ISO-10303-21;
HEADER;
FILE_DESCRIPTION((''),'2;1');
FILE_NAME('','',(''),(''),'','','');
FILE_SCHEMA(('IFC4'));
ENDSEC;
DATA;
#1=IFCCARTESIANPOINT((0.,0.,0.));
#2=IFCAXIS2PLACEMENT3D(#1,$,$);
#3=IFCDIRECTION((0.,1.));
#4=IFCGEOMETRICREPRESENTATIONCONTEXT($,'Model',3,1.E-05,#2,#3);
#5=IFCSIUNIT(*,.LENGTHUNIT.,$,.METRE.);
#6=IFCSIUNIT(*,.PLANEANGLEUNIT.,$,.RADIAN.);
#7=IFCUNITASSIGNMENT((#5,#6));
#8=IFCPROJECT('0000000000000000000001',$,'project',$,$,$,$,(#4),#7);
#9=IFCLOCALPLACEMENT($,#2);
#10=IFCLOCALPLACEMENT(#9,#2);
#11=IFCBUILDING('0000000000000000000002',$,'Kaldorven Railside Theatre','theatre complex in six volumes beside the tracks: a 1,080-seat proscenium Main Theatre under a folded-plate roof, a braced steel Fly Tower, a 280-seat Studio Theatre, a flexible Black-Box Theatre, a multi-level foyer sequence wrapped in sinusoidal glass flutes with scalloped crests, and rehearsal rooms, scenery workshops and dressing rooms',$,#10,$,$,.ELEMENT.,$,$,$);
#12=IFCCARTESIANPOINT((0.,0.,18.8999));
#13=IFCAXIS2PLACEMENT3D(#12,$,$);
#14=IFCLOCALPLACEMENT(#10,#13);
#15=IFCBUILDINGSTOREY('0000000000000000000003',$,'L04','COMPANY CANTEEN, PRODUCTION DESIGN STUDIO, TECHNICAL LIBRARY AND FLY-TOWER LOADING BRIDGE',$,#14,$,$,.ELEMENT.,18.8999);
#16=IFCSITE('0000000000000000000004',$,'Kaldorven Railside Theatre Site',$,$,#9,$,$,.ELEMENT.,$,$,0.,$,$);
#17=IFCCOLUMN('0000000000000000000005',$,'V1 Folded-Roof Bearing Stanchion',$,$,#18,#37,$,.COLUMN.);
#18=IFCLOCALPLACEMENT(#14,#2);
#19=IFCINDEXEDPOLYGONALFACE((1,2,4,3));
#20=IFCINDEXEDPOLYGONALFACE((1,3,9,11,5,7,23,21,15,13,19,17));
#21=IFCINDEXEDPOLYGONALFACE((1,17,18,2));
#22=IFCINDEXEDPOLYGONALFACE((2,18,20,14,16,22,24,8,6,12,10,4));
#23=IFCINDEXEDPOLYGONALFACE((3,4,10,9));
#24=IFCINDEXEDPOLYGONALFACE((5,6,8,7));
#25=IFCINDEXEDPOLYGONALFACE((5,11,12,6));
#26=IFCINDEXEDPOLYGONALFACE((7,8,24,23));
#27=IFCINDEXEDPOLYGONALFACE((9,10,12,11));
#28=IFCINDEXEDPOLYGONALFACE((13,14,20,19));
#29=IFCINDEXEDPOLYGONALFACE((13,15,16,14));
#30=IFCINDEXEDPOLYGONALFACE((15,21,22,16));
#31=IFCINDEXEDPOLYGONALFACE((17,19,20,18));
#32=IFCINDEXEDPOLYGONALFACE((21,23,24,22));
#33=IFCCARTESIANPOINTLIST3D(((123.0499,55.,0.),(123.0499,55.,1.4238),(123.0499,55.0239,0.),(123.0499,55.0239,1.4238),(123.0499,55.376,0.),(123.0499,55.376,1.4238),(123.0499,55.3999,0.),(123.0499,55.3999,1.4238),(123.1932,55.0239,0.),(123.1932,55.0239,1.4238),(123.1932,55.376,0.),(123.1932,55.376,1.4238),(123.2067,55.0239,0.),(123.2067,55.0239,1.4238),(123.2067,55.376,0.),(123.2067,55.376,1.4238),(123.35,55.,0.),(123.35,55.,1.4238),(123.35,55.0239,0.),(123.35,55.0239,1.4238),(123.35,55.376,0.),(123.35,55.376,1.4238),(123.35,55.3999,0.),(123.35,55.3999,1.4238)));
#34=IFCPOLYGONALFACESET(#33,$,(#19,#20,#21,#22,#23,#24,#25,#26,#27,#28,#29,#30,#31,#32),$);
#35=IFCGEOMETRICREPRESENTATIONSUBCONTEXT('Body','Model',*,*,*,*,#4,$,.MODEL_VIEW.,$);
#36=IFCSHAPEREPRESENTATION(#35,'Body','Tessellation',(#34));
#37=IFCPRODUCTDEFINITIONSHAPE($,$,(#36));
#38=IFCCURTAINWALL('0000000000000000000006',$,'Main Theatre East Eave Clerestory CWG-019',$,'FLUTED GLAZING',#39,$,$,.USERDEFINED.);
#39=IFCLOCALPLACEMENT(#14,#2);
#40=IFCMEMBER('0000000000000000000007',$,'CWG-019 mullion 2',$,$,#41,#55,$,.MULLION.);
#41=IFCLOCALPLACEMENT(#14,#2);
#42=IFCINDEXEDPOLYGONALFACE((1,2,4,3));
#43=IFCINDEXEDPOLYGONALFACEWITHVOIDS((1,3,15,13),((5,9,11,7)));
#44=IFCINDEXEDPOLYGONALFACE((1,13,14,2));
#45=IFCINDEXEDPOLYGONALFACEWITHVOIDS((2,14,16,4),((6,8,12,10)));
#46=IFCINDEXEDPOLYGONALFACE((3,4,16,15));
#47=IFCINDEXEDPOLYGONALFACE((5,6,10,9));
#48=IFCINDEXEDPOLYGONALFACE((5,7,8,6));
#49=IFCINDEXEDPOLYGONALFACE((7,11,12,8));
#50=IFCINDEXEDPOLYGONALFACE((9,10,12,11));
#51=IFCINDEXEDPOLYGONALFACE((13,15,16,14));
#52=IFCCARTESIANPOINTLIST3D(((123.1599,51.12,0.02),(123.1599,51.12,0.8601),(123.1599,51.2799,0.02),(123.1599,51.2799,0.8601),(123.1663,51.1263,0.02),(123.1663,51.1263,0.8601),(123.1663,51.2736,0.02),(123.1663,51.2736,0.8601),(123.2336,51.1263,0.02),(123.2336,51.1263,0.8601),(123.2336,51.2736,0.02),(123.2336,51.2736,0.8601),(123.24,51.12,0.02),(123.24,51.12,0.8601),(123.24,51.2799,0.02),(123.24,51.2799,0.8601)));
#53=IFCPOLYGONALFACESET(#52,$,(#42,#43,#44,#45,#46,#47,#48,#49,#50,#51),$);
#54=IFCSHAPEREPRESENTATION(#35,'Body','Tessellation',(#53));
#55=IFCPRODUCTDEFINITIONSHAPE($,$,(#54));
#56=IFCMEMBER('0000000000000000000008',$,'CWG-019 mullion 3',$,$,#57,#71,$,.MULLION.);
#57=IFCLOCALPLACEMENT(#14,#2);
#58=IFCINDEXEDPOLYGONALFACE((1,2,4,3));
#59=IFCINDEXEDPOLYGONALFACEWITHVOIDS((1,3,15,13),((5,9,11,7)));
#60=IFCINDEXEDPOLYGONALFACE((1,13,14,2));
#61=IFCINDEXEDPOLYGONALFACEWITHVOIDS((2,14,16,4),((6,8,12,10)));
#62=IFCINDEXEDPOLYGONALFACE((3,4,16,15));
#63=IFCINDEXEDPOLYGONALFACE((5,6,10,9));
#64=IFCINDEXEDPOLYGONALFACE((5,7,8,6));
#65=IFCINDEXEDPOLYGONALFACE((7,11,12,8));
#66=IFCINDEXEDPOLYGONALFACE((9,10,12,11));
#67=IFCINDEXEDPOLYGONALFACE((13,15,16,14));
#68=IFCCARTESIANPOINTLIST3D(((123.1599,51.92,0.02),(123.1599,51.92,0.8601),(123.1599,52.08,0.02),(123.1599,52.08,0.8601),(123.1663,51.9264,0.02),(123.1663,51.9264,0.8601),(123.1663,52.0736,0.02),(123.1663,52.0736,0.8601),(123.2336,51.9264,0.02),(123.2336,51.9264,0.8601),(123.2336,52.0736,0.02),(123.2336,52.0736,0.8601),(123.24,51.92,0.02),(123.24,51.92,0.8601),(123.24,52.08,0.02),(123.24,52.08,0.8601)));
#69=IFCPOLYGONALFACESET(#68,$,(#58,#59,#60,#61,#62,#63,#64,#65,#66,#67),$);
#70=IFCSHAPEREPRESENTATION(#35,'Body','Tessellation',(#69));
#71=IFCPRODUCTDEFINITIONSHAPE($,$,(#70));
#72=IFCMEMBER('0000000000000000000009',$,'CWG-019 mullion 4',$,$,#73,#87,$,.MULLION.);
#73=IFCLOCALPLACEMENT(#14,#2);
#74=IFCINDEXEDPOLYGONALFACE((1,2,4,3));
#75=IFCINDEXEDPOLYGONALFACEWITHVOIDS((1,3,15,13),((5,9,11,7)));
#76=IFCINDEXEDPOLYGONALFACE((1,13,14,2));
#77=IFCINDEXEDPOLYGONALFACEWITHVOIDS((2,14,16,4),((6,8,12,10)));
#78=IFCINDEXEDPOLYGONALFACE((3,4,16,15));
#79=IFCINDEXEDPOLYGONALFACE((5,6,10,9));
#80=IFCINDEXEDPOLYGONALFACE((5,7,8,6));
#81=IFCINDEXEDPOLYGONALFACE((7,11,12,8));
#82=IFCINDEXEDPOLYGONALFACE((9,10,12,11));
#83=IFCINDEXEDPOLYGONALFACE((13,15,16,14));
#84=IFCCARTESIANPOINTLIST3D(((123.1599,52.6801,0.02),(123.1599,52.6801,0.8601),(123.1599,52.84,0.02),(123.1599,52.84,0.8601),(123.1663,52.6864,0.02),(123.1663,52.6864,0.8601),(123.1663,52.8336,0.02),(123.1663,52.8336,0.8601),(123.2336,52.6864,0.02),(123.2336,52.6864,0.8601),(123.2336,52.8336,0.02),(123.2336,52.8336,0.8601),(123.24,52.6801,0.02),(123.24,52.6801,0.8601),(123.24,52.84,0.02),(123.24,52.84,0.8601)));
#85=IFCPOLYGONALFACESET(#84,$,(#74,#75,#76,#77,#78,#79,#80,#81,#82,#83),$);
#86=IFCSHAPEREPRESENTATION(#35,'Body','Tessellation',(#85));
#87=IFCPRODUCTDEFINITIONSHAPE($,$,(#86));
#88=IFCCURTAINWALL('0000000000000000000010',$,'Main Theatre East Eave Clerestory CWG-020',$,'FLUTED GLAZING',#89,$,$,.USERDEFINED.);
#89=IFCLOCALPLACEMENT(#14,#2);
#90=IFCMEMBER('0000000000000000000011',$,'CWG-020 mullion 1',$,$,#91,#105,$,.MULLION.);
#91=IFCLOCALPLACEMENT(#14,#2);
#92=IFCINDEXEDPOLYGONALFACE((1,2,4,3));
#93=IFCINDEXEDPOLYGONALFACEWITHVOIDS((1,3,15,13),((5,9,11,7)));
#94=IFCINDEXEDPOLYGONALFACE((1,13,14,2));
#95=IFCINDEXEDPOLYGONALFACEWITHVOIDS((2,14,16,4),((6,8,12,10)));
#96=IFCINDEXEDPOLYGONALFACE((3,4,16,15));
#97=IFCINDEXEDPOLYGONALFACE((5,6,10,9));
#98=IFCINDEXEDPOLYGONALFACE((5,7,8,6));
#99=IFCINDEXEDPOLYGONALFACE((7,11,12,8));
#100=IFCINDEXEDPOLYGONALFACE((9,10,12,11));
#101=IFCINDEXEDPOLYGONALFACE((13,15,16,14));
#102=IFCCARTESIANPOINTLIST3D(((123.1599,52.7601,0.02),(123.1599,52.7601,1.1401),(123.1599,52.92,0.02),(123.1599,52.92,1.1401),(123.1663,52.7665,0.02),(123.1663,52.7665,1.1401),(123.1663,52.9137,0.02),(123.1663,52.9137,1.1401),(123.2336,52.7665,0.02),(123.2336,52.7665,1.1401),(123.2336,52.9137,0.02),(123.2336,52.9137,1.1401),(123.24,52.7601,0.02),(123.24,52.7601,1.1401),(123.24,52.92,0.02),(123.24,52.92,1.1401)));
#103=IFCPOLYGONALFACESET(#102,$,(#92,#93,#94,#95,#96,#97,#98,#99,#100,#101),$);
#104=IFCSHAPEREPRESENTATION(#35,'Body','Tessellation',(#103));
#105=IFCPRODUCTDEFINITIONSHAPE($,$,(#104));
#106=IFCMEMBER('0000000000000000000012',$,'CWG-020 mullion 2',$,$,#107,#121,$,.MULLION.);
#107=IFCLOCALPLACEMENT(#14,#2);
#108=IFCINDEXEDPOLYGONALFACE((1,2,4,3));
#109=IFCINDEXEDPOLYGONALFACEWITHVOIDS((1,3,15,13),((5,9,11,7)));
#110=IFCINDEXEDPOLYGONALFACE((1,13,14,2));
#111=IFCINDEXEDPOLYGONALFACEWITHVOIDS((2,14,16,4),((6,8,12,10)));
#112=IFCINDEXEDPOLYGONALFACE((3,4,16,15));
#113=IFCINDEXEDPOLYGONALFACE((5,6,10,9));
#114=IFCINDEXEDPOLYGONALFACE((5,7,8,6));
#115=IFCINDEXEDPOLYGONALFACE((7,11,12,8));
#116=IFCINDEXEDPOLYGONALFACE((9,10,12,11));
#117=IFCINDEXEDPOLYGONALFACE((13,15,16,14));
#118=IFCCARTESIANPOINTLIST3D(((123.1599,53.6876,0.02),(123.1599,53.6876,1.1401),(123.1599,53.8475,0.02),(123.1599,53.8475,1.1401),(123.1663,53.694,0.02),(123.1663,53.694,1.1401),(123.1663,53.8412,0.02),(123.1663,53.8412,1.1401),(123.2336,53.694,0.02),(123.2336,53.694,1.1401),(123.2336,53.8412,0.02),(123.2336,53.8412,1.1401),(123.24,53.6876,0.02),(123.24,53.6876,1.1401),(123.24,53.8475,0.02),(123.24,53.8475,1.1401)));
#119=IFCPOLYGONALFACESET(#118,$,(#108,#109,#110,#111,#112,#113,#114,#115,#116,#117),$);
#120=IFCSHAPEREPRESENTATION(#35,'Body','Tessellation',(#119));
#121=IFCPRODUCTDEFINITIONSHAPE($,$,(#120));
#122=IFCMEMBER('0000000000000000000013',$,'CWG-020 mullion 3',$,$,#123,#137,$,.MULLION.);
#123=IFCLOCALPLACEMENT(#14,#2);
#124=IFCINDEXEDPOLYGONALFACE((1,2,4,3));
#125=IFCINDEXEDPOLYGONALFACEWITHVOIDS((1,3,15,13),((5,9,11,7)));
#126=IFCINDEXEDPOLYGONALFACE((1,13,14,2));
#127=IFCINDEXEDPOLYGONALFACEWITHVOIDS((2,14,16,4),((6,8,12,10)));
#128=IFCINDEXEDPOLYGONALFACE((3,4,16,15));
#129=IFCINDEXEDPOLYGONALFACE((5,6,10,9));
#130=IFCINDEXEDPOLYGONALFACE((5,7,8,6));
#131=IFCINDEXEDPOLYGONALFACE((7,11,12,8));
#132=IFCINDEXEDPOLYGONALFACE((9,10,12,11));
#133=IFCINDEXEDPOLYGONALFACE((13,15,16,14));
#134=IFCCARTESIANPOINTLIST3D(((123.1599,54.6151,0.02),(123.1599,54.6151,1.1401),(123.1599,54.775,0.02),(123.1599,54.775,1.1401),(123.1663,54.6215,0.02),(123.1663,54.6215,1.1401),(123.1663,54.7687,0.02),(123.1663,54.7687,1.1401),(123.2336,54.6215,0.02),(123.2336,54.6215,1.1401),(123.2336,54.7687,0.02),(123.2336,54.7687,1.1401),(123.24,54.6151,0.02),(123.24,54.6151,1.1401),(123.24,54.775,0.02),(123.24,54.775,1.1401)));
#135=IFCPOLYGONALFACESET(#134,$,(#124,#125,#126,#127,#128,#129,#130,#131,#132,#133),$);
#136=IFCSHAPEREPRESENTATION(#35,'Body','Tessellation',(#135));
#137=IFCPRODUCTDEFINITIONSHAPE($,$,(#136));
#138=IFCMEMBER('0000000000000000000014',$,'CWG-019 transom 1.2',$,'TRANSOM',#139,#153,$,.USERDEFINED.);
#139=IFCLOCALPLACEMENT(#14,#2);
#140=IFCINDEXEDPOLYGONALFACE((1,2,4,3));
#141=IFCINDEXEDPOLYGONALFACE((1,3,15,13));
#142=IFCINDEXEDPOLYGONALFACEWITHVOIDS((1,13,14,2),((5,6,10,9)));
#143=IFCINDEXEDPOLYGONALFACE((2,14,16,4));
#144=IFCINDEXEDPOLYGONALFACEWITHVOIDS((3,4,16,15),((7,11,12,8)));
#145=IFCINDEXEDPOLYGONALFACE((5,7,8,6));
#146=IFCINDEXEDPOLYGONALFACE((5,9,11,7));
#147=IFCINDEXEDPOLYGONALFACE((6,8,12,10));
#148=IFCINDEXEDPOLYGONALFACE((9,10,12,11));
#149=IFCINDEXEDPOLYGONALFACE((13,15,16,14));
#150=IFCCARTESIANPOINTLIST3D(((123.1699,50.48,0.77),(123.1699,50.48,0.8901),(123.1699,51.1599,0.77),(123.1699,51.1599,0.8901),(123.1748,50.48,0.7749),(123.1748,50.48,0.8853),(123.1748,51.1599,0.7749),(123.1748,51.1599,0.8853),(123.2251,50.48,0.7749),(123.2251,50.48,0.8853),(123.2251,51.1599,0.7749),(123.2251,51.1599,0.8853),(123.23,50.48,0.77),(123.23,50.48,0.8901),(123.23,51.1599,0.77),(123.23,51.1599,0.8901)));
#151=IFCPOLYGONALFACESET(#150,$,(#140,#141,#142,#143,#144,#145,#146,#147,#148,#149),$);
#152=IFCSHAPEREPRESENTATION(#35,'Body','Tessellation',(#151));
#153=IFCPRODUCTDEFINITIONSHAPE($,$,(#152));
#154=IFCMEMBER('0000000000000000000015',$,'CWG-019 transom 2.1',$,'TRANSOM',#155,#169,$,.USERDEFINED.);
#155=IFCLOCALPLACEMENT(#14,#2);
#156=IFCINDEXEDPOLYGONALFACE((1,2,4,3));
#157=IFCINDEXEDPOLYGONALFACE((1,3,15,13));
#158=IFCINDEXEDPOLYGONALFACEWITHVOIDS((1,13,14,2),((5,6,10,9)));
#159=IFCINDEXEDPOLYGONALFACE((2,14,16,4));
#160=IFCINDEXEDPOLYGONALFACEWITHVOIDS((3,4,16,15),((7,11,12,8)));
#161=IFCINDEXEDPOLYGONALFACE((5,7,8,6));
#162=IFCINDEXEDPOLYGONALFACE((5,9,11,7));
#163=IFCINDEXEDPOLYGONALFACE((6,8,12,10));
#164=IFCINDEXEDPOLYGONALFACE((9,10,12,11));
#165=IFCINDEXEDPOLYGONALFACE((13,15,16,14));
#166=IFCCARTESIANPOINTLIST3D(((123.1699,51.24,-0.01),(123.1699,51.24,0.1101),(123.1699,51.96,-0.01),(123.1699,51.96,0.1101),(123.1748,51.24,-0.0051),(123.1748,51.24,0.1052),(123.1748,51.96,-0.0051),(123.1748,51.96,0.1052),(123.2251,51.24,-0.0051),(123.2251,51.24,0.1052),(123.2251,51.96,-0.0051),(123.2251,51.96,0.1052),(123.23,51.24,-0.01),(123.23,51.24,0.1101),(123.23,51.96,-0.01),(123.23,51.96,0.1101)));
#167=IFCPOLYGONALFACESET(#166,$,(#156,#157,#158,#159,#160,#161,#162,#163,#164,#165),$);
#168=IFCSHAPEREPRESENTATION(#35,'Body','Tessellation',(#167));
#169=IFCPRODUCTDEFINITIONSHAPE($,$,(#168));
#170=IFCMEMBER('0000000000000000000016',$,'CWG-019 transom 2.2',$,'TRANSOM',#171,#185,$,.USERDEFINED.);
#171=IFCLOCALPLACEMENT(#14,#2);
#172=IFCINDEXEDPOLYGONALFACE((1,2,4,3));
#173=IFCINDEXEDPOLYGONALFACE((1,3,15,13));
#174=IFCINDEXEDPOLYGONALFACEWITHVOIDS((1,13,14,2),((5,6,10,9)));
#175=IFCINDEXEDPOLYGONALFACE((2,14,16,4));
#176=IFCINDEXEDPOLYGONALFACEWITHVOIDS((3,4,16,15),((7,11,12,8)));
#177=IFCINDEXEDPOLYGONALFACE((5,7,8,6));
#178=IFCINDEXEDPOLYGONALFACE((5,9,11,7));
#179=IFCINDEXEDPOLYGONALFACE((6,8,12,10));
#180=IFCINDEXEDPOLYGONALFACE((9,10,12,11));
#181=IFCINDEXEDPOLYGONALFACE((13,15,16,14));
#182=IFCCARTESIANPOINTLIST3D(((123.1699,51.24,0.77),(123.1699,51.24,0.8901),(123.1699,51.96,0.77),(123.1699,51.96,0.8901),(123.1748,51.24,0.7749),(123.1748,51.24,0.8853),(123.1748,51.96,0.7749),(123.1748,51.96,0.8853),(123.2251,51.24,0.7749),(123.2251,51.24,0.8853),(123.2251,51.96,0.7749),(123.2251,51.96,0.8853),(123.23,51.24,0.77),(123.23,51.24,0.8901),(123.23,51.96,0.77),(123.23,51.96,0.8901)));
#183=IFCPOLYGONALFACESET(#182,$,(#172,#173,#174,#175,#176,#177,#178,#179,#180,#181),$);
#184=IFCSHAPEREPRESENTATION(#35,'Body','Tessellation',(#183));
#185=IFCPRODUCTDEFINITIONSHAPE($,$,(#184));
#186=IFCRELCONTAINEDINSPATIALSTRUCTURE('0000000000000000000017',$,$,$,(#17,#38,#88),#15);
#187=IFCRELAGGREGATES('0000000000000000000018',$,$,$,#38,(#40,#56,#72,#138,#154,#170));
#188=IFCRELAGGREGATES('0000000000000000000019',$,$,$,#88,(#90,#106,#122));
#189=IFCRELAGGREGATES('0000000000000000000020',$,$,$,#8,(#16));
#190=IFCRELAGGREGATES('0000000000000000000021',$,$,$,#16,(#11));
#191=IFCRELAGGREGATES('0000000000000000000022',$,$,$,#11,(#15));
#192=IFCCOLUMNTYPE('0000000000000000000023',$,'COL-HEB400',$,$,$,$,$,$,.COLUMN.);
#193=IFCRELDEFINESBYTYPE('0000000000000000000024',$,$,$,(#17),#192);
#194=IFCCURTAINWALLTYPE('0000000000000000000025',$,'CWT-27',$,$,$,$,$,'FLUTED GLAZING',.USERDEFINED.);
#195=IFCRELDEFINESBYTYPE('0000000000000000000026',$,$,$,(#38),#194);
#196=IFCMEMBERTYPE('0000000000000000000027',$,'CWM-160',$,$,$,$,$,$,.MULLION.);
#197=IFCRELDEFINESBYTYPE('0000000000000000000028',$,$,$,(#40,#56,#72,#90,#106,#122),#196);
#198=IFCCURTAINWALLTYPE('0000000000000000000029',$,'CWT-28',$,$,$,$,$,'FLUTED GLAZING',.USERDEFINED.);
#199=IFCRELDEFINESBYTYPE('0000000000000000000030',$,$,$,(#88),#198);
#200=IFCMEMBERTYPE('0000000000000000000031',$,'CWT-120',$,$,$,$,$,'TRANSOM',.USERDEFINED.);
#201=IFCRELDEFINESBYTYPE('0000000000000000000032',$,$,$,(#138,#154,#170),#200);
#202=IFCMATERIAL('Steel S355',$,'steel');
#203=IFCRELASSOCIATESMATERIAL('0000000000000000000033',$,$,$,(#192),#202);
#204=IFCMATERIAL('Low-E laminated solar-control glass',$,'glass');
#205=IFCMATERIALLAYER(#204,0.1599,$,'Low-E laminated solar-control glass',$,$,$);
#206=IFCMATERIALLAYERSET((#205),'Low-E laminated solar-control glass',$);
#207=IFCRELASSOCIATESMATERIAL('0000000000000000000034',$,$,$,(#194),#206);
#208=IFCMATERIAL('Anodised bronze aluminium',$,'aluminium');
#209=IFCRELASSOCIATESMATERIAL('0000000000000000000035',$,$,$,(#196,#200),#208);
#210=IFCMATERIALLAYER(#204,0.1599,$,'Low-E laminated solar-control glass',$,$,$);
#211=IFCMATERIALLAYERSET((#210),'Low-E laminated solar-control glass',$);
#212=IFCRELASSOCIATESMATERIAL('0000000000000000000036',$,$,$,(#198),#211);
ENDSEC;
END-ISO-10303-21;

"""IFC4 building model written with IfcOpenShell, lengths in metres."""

from ifc_helpers import new_model, si_unit, direction, frame, origin, origin_2d, place, context, subcontext, project, spatial, hollow_rectangle, i_section, extrude, material, layer, layer_set, material_profile, profile_set, type_object, element, aggregate, save


model = new_model("IFC4")

# Units and contexts
model_context = context("Model", 3, precision=1e-05, world=origin(), true_north=direction((0.0, 1.0)))
body_context = subcontext(model_context, "Body", "Model", "MODEL_VIEW")
ifc_project = project(units=[si_unit("LENGTHUNIT", "METRE"), si_unit("PLANEANGLEUNIT", "RADIAN")], contexts=[model_context])

# Site, building, storey
site_placement = place(None, origin())
site = spatial("IfcSite", under=ifc_project, at=site_placement, Name="Kaldorven Railside Theatre Site", CompositionType="ELEMENT", RefElevation=0.0)
building_placement = place(site_placement, origin())
building = spatial("IfcBuilding", under=site, at=building_placement, Name="Kaldorven Railside Theatre", Description="theatre complex in six volumes beside the tracks: a 1,080-seat proscenium Main Theatre under a folded-plate roof, a braced steel Fly Tower, a 280-seat Studio Theatre, a flexible Black-Box Theatre, a multi-level foyer sequence wrapped in sinusoidal glass flutes with scalloped crests, and rehearsal rooms, scenery workshops and dressing rooms", CompositionType="ELEMENT")
storey_placement = place(building_placement, frame((0.0, 0.0, 18.8999)))
storey = spatial("IfcBuildingStorey", under=building, at=storey_placement, Name="L04", Description="COMPANY CANTEEN, PRODUCTION DESIGN STUDIO, TECHNICAL LIBRARY AND FLY-TOWER LOADING BRIDGE", CompositionType="ELEMENT", Elevation=18.8999)

# Column
ifc_material_1 = material(Name="Steel S355", Category="steel")
ifc_material_profile_1 = material_profile(ifc_material_1, i_section(OverallWidth=0.3, OverallDepth=0.3999, WebThickness=0.0134, FlangeThickness=0.0239, at=origin_2d()), Name="HEB 400")
ifc_profile_set_1 = profile_set([ifc_material_profile_1], Name="Steel S355")
column_type = type_object("IfcColumnType", Name="COL-HEB400", PredefinedType="COLUMN", material=ifc_profile_set_1)
column_placement = place(storey_placement, frame((123.2, 55.2, 0.0), z_axis=(0.0, 0.0, 1.0), x_axis=(1.0, 0.0, 0.0)))
element("IfcColumn", 1, at=column_placement, inside=storey, type_object=column_type, Name="V1 Folded-Roof Bearing Stanchion", PredefinedType="COLUMN", context=body_context, shape_type="SweptSolid", body=[
    extrude(i_section(OverallWidth=0.3, OverallDepth=0.3999, WebThickness=0.0134, FlangeThickness=0.0239, at=origin_2d()), origin(), (0.0, 0.0, 1.0), 1.4238),
])

# Curtain walls, members
ifc_material_2 = material(Name="Low-E laminated solar-control glass", Category="glass")
ifc_layer_1 = layer(ifc_material_2, 0.1599, Name="Low-E laminated solar-control glass")
ifc_layer_set_1 = layer_set([ifc_layer_1], Name="Low-E laminated solar-control glass")
curtain_wall_type_1 = type_object("IfcCurtainWallType", Name="CWT-27", ElementType="FLUTED GLAZING", PredefinedType="USERDEFINED", material=ifc_layer_set_1)
curtain_wall_1_placement = place(storey_placement, origin())
curtain_wall_1 = element("IfcCurtainWall", 2, at=curtain_wall_1_placement, inside=storey, type_object=curtain_wall_type_1, Name="Main Theatre East Eave Clerestory CWG-019", ObjectType="FLUTED GLAZING", PredefinedType="USERDEFINED")
ifc_material_3 = material(Name="Anodised bronze aluminium", Category="aluminium")
ifc_material_profile_2 = material_profile(ifc_material_3, hollow_rectangle(XDim=0.0801, YDim=0.1599, WallThickness=0.0063, at=origin_2d()), Name="RHS 160x80x6.3")
ifc_profile_set_2 = profile_set([ifc_material_profile_2], Name="Anodised bronze aluminium")
member_type_1 = type_object("IfcMemberType", Name="CWM-160", PredefinedType="MULLION", material=ifc_profile_set_2)
member_1_placement = place(storey_placement, frame((123.2, 51.2, 0.02), z_axis=(0.0, 0.0, 1.0), x_axis=(-1.0, 0.0, 0.0)))
member_1 = element("IfcMember", 3, at=member_1_placement, type_object=member_type_1, Name="CWG-019 mullion 2", PredefinedType="MULLION", context=body_context, shape_type="SweptSolid", body=[
    extrude(hollow_rectangle(XDim=0.0801, YDim=0.1599, WallThickness=0.0063, at=origin_2d()), origin(), (0.0, 0.0, 1.0), 0.8401),
])
member_2_placement = place(storey_placement, frame((123.2, 52.0, 0.02), z_axis=(0.0, 0.0, 1.0), x_axis=(-1.0, 0.0, 0.0)))
member_2 = element("IfcMember", 4, at=member_2_placement, type_object=member_type_1, Name="CWG-019 mullion 3", PredefinedType="MULLION", context=body_context, shape_type="SweptSolid", body=[
    extrude(hollow_rectangle(XDim=0.0801, YDim=0.1599, WallThickness=0.0063, at=origin_2d()), origin(), (0.0, 0.0, 1.0), 0.8401),
])
member_3_placement = place(storey_placement, frame((123.2, 52.76, 0.02), z_axis=(0.0, 0.0, 1.0), x_axis=(-1.0, 0.0, 0.0)))
member_3 = element("IfcMember", 5, at=member_3_placement, type_object=member_type_1, Name="CWG-019 mullion 4", PredefinedType="MULLION", context=body_context, shape_type="SweptSolid", body=[
    extrude(hollow_rectangle(XDim=0.0801, YDim=0.1599, WallThickness=0.0063, at=origin_2d()), origin(), (0.0, 0.0, 1.0), 0.8401),
])
ifc_layer_2 = layer(ifc_material_2, 0.1599, Name="Low-E laminated solar-control glass")
ifc_layer_set_2 = layer_set([ifc_layer_2], Name="Low-E laminated solar-control glass")
curtain_wall_type_2 = type_object("IfcCurtainWallType", Name="CWT-28", ElementType="FLUTED GLAZING", PredefinedType="USERDEFINED", material=ifc_layer_set_2)
curtain_wall_2_placement = place(storey_placement, origin())
curtain_wall_2 = element("IfcCurtainWall", 6, at=curtain_wall_2_placement, inside=storey, type_object=curtain_wall_type_2, Name="Main Theatre East Eave Clerestory CWG-020", ObjectType="FLUTED GLAZING", PredefinedType="USERDEFINED")
member_4_placement = place(storey_placement, frame((123.2, 52.8401, 0.02), z_axis=(0.0, 0.0, 1.0), x_axis=(-1.0, 0.0, 0.0)))
member_4 = element("IfcMember", 7, at=member_4_placement, type_object=member_type_1, Name="CWG-020 mullion 1", PredefinedType="MULLION", context=body_context, shape_type="SweptSolid", body=[
    extrude(hollow_rectangle(XDim=0.0801, YDim=0.1599, WallThickness=0.0063, at=origin_2d()), origin(), (0.0, 0.0, 1.0), 1.1201),
])
member_5_placement = place(storey_placement, frame((123.2, 53.7676, 0.02), z_axis=(0.0, 0.0, 1.0), x_axis=(-1.0, 0.0, 0.0)))
member_5 = element("IfcMember", 8, at=member_5_placement, type_object=member_type_1, Name="CWG-020 mullion 2", PredefinedType="MULLION", context=body_context, shape_type="SweptSolid", body=[
    extrude(hollow_rectangle(XDim=0.0801, YDim=0.1599, WallThickness=0.0063, at=origin_2d()), origin(), (0.0, 0.0, 1.0), 1.1201),
])
member_6_placement = place(storey_placement, frame((123.2, 54.6951, 0.02), z_axis=(0.0, 0.0, 1.0), x_axis=(-1.0, 0.0, 0.0)))
member_6 = element("IfcMember", 9, at=member_6_placement, type_object=member_type_1, Name="CWG-020 mullion 3", PredefinedType="MULLION", context=body_context, shape_type="SweptSolid", body=[
    extrude(hollow_rectangle(XDim=0.0801, YDim=0.1599, WallThickness=0.0063, at=origin_2d()), origin(), (0.0, 0.0, 1.0), 1.1201),
])

# Members
ifc_material_profile_3 = material_profile(ifc_material_3, hollow_rectangle(XDim=0.0601, YDim=0.1201, WallThickness=0.0049, at=origin_2d()), Name="RHS 120x60x5")
ifc_profile_set_3 = profile_set([ifc_material_profile_3], Name="Anodised bronze aluminium")
member_type_2 = type_object("IfcMemberType", Name="CWT-120", ElementType="TRANSOM", PredefinedType="USERDEFINED", material=ifc_profile_set_3)
member_7_placement = place(storey_placement, frame((123.2, 50.48, 0.8301), z_axis=(0.0, 1.0, 0.0), x_axis=(-1.0, 0.0, 0.0)))
member_7 = element("IfcMember", 10, at=member_7_placement, type_object=member_type_2, Name="CWG-019 transom 1.2", ObjectType="TRANSOM", PredefinedType="USERDEFINED", context=body_context, shape_type="SweptSolid", body=[
    extrude(hollow_rectangle(XDim=0.0601, YDim=0.1201, WallThickness=0.0049, at=origin_2d()), origin(), (0.0, 0.0, 1.0), 0.6799),
])
member_8_placement = place(storey_placement, frame((123.2, 51.24, 0.05), z_axis=(0.0, 1.0, 0.0), x_axis=(-1.0, 0.0, 0.0)))
member_8 = element("IfcMember", 11, at=member_8_placement, type_object=member_type_2, Name="CWG-019 transom 2.1", ObjectType="TRANSOM", PredefinedType="USERDEFINED", context=body_context, shape_type="SweptSolid", body=[
    extrude(hollow_rectangle(XDim=0.0601, YDim=0.1201, WallThickness=0.0049, at=origin_2d()), origin(), (0.0, 0.0, 1.0), 0.72),
])
member_9_placement = place(storey_placement, frame((123.2, 51.24, 0.8301), z_axis=(0.0, 1.0, 0.0), x_axis=(-1.0, 0.0, 0.0)))
member_9 = element("IfcMember", 12, at=member_9_placement, type_object=member_type_2, Name="CWG-019 transom 2.2", ObjectType="TRANSOM", PredefinedType="USERDEFINED", context=body_context, shape_type="SweptSolid", body=[
    extrude(hollow_rectangle(XDim=0.0601, YDim=0.1201, WallThickness=0.0049, at=origin_2d()), origin(), (0.0, 0.0, 1.0), 0.72),
])

aggregate(curtain_wall_1, [member_1, member_2, member_3, member_7, member_8, member_9])
aggregate(curtain_wall_2, [member_4, member_5, member_6])

save(model, "model.ifc")
